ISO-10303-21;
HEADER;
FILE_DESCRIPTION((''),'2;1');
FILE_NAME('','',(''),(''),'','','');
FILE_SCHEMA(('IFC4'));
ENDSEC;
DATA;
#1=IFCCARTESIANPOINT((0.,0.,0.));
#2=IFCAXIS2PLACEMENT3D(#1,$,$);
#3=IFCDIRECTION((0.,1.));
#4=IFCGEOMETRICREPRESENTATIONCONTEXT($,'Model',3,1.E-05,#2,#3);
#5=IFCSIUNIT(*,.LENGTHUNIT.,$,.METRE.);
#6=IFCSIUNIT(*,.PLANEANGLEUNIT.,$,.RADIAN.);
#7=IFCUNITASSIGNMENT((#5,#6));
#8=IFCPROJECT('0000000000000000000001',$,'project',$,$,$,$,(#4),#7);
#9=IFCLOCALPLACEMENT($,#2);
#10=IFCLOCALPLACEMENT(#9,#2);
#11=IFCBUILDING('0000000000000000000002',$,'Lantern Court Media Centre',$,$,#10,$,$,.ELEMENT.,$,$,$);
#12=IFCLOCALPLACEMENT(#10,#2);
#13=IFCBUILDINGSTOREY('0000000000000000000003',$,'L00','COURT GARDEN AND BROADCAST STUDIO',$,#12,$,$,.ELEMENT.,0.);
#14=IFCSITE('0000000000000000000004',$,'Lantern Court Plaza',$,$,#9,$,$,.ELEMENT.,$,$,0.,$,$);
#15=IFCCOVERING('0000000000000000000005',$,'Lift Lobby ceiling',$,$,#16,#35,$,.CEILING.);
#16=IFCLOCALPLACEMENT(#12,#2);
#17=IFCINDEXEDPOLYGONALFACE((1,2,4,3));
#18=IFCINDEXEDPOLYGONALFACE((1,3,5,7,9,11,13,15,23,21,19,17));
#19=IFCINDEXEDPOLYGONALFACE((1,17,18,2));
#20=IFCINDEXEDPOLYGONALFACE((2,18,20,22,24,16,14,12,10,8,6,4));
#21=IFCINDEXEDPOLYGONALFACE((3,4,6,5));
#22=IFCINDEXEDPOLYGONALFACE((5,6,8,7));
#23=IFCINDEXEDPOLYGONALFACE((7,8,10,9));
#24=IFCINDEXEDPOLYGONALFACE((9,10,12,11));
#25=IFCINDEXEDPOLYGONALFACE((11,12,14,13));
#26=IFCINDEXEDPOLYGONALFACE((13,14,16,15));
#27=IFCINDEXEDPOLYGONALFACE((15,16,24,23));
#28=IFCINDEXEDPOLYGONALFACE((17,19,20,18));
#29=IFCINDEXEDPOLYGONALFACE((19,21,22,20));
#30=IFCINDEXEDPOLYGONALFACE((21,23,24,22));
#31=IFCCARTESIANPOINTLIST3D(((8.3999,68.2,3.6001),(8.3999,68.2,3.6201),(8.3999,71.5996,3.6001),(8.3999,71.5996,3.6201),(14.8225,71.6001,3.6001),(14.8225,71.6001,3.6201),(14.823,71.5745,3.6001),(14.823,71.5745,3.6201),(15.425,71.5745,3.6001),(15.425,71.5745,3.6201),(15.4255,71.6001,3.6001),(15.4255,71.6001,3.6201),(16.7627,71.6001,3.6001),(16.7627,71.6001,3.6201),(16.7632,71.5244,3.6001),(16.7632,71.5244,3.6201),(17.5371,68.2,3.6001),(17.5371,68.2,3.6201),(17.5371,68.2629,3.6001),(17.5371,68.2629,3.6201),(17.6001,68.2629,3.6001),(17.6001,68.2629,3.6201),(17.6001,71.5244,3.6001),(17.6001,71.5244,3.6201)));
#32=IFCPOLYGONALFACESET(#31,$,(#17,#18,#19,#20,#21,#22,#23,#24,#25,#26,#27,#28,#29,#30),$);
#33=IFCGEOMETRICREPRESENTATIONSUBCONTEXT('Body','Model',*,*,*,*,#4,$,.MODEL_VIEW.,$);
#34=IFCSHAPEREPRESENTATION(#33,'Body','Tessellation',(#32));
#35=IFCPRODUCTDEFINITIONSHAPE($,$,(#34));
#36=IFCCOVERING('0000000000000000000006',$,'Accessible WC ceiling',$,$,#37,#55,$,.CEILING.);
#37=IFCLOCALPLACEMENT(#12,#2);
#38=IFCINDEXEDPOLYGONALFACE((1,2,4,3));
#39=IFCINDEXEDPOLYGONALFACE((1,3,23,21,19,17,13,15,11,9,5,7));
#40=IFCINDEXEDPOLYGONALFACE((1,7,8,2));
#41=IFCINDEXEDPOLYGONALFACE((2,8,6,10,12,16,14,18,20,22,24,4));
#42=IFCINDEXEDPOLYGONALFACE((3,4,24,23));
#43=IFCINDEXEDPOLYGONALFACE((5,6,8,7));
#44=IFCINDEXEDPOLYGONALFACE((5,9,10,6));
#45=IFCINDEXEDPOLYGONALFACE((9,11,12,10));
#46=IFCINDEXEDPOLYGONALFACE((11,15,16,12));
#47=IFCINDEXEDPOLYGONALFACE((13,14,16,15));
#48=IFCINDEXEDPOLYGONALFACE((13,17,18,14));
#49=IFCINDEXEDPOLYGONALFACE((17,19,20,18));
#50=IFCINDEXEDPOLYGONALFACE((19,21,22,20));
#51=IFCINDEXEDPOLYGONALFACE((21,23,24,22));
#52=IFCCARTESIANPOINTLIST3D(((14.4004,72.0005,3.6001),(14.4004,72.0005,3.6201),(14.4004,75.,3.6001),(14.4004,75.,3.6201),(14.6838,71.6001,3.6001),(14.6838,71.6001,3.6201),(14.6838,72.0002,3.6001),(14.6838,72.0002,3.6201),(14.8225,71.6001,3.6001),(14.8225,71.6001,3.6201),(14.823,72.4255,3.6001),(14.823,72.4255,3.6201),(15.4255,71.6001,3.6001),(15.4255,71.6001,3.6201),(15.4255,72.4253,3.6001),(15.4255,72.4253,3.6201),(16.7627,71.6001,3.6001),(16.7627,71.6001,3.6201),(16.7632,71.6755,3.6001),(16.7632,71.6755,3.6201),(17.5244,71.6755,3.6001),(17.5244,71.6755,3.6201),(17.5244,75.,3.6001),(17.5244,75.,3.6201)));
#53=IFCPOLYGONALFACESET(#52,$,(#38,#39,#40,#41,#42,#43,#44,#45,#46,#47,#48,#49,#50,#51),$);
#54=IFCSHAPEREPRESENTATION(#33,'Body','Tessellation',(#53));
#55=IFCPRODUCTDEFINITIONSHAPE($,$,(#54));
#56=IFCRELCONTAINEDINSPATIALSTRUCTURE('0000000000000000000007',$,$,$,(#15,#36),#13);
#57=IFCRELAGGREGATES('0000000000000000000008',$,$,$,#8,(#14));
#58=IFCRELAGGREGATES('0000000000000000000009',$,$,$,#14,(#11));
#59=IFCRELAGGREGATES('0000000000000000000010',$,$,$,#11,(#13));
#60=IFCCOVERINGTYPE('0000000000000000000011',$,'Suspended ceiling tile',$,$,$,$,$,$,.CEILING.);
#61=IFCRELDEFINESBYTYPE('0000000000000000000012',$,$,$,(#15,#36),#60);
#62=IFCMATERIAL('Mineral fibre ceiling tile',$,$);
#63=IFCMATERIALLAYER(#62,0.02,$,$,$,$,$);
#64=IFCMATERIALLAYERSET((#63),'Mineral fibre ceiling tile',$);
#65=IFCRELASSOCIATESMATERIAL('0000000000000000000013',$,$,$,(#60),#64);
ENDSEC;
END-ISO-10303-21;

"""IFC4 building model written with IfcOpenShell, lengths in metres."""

from ifc_helpers import new_model, si_unit, direction, frame, origin, place, context, subcontext, project, spatial, polyline, outline, extrude, material, layer, layer_set, type_object, element, save


model = new_model("IFC4")

# Units and contexts
model_context = context("Model", 3, precision=1e-05, world=origin(), true_north=direction((0.0, 1.0)))
body_context = subcontext(model_context, "Body", "Model", "MODEL_VIEW")
ifc_project = project(units=[si_unit("LENGTHUNIT", "METRE"), si_unit("PLANEANGLEUNIT", "RADIAN")], contexts=[model_context])

# Site, building, storey
site_placement = place(None, origin())
site = spatial("IfcSite", under=ifc_project, at=site_placement, Name="Lantern Court Plaza", CompositionType="ELEMENT", RefElevation=0.0)
building_placement = place(site_placement, origin())
building = spatial("IfcBuilding", under=site, at=building_placement, Name="Lantern Court Media Centre", CompositionType="ELEMENT")
storey_placement = place(building_placement, origin())
storey = spatial("IfcBuildingStorey", under=building, at=storey_placement, Name="L00", Description="COURT GARDEN AND BROADCAST STUDIO", CompositionType="ELEMENT", Elevation=0.0)

# Coverings
ifc_material_1 = material(Name="Mineral fibre ceiling tile")
ifc_layer_1 = layer(ifc_material_1, 0.02)
ifc_layer_set_1 = layer_set([ifc_layer_1], Name="Mineral fibre ceiling tile")
covering_type = type_object("IfcCoveringType", Name="Suspended ceiling tile", PredefinedType="CEILING", material=ifc_layer_set_1)
covering_1_placement = place(storey_placement, frame((0.0, 0.0, 3.6001)))
element("IfcCovering", 1, at=covering_1_placement, inside=storey, type_object=covering_type, Name="Lift Lobby ceiling", PredefinedType="CEILING", context=body_context, shape_type="SweptSolid", body=[
    extrude(outline(polyline([(17.6001, 68.2629), (17.5371, 68.2629), (17.5371, 68.2), (8.3999, 68.2), (8.3999, 71.5996), (14.8225, 71.6001), (14.823, 71.5745), (15.425, 71.5745), (15.4255, 71.6001), (16.7627, 71.6001), (16.7632, 71.5244), (17.6001, 71.5244), (17.6001, 68.2629)])), origin(), (0.0, 0.0, 1.0), 0.02),
])
covering_2_placement = place(storey_placement, frame((0.0, 0.0, 3.6001)))
element("IfcCovering", 2, at=covering_2_placement, inside=storey, type_object=covering_type, Name="Accessible WC ceiling", PredefinedType="CEILING", context=body_context, shape_type="SweptSolid", body=[
    extrude(outline(polyline([(17.5244, 75.0), (17.5244, 71.6755), (16.7632, 71.6755), (16.7627, 71.6001), (15.4255, 71.6001), (15.4255, 72.4253), (14.823, 72.4255), (14.8225, 71.6001), (14.6838, 71.6001), (14.6838, 72.0002), (14.4004, 72.0005), (14.4004, 75.0), (17.5244, 75.0)])), origin(), (0.0, 0.0, 1.0), 0.02),
])

save(model, "model.ifc")
